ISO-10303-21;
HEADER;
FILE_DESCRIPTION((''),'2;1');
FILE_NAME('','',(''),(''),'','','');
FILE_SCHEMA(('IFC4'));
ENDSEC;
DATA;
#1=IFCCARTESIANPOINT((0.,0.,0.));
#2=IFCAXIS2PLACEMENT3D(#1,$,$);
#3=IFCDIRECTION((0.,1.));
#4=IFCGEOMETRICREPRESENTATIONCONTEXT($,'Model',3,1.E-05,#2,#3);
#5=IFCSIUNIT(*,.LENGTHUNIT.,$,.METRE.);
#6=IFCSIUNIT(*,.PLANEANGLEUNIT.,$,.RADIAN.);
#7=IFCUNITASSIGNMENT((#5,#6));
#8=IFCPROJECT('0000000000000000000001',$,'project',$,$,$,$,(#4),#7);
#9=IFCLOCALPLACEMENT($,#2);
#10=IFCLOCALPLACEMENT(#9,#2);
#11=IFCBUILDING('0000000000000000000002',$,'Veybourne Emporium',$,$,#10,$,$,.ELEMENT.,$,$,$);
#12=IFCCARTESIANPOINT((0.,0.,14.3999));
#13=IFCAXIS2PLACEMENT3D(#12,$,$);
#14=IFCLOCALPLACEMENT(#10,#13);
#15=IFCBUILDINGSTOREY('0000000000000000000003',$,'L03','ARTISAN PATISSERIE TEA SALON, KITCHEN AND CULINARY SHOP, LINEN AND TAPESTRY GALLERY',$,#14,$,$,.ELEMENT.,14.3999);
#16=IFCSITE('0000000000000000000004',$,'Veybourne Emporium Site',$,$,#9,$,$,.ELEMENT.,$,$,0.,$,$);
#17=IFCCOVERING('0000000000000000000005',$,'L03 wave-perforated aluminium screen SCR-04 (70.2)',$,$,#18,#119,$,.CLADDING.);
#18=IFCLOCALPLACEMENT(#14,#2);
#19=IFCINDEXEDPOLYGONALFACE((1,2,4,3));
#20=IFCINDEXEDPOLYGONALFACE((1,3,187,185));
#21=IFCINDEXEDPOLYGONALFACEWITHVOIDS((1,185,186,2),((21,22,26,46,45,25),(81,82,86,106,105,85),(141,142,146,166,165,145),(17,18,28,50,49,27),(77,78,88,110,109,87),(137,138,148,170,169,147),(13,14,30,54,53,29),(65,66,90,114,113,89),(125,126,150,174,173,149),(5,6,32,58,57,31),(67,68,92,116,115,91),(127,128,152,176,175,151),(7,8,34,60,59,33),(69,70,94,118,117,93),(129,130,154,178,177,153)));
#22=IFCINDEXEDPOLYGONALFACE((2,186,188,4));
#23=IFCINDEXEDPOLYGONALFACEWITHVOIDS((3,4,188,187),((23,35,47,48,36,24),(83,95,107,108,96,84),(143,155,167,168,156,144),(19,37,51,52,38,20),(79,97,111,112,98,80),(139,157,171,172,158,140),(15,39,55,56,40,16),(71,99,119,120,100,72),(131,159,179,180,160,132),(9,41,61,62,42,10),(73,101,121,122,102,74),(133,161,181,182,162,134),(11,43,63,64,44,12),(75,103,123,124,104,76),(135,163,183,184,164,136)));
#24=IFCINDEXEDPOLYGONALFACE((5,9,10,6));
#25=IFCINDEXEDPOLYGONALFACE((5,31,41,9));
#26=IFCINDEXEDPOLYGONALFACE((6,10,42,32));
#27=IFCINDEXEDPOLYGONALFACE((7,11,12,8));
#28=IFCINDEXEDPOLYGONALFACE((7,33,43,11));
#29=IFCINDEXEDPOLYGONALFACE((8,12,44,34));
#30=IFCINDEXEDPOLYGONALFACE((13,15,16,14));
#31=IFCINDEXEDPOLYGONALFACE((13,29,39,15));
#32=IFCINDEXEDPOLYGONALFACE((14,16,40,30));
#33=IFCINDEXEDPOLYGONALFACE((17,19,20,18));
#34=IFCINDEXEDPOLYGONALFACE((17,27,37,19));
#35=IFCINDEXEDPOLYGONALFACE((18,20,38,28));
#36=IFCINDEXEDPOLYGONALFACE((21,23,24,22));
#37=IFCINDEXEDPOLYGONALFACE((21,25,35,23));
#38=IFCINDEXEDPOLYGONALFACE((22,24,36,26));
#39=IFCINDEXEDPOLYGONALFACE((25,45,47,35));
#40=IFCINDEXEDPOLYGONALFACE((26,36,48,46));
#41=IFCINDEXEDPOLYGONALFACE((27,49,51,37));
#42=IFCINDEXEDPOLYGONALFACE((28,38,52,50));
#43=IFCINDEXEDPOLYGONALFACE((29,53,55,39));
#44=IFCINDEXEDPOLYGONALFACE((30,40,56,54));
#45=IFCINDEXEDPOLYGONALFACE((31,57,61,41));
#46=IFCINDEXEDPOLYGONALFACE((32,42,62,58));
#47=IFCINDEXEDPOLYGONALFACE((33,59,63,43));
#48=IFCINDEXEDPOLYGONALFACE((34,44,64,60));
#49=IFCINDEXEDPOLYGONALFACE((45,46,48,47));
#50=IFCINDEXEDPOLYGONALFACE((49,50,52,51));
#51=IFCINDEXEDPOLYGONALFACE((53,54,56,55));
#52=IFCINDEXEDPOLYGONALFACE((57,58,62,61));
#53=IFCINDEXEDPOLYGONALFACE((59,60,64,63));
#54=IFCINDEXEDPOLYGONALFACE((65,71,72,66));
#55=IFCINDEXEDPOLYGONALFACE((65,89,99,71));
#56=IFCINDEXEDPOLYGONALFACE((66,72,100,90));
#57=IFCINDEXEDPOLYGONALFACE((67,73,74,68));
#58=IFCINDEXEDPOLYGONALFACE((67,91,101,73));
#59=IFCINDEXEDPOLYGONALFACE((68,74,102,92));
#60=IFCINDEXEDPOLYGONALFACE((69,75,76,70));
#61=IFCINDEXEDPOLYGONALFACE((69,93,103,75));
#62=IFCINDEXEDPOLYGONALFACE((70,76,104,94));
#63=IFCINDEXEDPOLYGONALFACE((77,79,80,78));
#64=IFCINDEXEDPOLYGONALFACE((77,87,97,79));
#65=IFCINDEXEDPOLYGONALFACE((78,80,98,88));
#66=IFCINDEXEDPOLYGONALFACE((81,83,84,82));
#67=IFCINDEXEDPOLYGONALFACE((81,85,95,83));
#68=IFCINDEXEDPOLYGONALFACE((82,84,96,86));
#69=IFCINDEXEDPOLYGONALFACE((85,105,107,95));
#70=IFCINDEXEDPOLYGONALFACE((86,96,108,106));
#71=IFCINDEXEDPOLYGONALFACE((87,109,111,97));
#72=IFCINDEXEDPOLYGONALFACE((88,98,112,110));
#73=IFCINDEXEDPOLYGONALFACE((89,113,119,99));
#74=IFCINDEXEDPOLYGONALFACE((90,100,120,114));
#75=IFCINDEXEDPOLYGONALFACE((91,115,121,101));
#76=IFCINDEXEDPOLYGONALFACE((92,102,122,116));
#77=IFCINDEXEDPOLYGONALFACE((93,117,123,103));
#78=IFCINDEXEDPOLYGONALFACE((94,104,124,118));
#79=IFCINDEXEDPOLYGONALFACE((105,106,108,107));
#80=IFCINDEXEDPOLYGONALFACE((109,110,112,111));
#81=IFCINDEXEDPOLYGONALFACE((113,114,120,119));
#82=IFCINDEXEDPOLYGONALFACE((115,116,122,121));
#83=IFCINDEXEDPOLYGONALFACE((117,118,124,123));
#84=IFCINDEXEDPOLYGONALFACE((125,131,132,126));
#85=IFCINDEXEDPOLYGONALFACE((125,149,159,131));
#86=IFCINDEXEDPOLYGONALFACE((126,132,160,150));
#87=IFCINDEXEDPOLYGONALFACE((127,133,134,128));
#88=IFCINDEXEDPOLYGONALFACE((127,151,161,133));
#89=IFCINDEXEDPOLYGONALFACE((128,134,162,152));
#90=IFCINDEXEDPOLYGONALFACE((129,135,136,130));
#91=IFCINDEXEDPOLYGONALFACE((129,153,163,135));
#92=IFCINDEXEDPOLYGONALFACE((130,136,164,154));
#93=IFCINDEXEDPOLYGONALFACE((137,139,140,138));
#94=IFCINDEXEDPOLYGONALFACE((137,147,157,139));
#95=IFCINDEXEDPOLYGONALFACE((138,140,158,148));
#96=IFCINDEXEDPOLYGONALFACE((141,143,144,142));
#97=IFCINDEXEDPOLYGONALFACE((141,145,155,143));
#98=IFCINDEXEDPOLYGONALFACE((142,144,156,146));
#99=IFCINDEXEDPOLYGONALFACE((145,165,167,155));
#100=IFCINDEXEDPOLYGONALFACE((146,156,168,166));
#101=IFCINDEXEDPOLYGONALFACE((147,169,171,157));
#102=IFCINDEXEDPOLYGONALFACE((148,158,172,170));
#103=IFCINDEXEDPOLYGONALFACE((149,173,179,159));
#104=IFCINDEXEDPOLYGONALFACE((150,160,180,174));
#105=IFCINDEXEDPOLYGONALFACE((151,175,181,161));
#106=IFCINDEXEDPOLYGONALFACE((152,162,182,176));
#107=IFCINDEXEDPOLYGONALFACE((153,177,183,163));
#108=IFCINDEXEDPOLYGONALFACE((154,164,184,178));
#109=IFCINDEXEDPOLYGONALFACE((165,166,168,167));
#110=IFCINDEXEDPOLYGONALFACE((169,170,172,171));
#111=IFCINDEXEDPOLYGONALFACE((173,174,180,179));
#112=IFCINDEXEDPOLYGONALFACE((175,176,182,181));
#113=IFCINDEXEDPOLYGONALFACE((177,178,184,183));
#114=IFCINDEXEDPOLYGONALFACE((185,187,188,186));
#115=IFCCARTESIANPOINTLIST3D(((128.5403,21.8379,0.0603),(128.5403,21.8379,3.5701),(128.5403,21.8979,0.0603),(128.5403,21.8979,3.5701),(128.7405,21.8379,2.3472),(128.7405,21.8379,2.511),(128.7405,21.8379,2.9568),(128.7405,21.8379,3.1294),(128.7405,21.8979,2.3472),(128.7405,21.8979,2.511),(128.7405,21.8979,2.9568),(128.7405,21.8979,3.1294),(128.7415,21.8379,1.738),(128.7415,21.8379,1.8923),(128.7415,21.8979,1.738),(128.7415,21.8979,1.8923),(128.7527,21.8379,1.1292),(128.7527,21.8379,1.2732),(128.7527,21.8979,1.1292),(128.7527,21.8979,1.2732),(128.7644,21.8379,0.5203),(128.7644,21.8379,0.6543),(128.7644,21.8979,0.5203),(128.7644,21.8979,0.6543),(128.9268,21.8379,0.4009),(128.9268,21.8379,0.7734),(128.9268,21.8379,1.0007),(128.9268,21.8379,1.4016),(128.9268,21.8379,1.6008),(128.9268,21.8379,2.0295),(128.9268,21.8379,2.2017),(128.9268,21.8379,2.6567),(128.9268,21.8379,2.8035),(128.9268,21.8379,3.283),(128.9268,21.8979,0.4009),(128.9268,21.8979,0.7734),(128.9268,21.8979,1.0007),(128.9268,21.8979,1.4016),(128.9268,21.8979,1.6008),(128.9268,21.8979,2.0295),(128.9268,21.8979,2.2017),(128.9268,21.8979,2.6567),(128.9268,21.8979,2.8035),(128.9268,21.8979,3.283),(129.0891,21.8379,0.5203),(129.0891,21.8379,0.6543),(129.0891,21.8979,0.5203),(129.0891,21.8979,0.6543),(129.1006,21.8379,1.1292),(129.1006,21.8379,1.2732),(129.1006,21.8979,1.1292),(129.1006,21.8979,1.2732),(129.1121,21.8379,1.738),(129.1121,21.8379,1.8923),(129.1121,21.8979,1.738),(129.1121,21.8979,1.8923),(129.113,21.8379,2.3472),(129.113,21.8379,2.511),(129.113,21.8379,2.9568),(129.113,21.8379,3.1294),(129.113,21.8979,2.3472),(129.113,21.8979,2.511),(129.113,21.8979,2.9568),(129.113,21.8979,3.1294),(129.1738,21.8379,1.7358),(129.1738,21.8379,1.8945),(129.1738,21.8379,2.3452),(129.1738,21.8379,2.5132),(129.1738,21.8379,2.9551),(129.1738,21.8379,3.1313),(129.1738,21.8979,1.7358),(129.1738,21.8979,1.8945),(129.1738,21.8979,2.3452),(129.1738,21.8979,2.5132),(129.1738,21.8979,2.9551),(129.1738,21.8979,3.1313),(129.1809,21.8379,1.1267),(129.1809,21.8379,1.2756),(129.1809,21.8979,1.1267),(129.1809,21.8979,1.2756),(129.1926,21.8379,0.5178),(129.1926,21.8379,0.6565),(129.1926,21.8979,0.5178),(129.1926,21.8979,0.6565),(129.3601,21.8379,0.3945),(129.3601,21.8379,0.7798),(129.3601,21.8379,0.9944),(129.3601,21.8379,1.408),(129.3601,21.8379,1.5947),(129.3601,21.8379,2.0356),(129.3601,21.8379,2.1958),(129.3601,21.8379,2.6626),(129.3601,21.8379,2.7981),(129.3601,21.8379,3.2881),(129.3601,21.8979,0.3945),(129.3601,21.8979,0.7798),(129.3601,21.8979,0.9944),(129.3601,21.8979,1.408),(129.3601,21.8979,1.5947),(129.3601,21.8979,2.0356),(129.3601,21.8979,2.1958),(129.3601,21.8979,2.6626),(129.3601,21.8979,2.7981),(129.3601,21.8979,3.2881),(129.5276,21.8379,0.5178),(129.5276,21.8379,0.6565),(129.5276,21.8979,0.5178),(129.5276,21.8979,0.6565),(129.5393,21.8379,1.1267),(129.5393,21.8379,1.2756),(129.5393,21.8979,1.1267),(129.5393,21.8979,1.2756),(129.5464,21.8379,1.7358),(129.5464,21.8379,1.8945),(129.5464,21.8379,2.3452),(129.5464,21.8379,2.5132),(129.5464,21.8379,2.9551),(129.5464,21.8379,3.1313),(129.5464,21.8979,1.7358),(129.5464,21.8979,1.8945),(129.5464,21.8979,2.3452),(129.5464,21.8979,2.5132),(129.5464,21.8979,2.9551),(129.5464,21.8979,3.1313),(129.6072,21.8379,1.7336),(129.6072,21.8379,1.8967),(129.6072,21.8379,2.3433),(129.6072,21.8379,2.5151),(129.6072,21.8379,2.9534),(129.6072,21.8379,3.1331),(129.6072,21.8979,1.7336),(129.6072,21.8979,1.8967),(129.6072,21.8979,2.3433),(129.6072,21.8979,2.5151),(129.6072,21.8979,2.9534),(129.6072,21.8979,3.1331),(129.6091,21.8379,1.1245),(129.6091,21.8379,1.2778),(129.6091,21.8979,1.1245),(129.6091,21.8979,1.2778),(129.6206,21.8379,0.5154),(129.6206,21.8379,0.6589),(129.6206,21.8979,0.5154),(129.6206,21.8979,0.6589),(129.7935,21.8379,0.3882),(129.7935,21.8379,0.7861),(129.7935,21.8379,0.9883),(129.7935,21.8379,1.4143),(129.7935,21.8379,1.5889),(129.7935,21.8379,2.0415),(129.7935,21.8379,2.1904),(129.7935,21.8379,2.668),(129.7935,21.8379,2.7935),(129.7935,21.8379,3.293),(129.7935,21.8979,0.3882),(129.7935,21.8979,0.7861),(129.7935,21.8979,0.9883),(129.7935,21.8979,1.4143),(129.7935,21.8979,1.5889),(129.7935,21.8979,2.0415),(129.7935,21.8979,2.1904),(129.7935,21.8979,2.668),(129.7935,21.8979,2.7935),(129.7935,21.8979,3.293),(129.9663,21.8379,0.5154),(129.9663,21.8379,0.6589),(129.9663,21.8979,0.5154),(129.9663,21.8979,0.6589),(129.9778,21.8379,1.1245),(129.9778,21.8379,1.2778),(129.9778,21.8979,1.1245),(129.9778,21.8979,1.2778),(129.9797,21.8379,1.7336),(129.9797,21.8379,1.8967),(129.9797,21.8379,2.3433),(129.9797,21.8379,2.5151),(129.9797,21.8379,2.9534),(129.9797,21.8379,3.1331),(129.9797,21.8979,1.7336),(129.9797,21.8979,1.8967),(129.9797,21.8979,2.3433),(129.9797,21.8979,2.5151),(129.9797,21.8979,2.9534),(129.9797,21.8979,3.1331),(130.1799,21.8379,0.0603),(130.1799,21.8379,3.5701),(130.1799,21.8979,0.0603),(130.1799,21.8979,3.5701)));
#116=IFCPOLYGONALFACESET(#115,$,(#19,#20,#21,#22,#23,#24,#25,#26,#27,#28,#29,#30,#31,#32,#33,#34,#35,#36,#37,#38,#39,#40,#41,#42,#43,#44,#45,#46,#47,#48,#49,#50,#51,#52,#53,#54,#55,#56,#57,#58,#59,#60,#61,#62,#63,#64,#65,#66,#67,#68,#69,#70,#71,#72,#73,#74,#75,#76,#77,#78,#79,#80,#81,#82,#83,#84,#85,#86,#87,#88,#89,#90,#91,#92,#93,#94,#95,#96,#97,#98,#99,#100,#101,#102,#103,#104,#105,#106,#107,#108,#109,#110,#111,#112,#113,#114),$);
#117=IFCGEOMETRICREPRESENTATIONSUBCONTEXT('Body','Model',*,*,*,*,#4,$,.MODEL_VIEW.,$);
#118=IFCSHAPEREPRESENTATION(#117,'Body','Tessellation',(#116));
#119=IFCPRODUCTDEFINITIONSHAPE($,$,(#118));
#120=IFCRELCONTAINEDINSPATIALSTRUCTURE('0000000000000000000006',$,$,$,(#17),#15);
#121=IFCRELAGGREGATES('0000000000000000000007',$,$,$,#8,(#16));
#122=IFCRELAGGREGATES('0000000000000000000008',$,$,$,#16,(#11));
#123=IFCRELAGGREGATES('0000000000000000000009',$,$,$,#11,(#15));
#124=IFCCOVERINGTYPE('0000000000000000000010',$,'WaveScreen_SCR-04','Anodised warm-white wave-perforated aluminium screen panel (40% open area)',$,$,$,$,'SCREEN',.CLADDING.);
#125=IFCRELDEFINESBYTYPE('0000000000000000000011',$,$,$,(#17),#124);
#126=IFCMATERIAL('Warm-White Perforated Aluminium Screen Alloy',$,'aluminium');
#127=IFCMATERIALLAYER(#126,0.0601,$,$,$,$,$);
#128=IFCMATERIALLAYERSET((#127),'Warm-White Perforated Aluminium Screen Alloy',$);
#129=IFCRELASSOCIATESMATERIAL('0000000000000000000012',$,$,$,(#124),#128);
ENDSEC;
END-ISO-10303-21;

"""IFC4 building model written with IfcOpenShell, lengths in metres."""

from ifc_helpers import new_model, si_unit, direction, frame, origin, place, context, subcontext, project, spatial, polyline, outline, extrude, material, layer, layer_set, type_object, element, save


model = new_model("IFC4")

# Units and contexts
model_context = context("Model", 3, precision=1e-05, world=origin(), true_north=direction((0.0, 1.0)))
body_context = subcontext(model_context, "Body", "Model", "MODEL_VIEW")
ifc_project = project(units=[si_unit("LENGTHUNIT", "METRE"), si_unit("PLANEANGLEUNIT", "RADIAN")], contexts=[model_context])

# Site, building, storey
site_placement = place(None, origin())
site = spatial("IfcSite", under=ifc_project, at=site_placement, Name="Veybourne Emporium Site", CompositionType="ELEMENT", RefElevation=0.0)
building_placement = place(site_placement, origin())
building = spatial("IfcBuilding", under=site, at=building_placement, Name="Veybourne Emporium", CompositionType="ELEMENT")
storey_placement = place(building_placement, frame((0.0, 0.0, 14.3999)))
storey = spatial("IfcBuildingStorey", under=building, at=storey_placement, Name="L03", Description="ARTISAN PATISSERIE TEA SALON, KITCHEN AND CULINARY SHOP, LINEN AND TAPESTRY GALLERY", CompositionType="ELEMENT", Elevation=14.3999)

# Covering
ifc_material_1 = material(Name="Warm-White Perforated Aluminium Screen Alloy", Category="aluminium")
ifc_layer_1 = layer(ifc_material_1, 0.0601)
ifc_layer_set_1 = layer_set([ifc_layer_1], Name="Warm-White Perforated Aluminium Screen Alloy")
covering_type_1 = type_object("IfcCoveringType", Name="WaveScreen_SCR-04", Description="Anodised warm-white wave-perforated aluminium screen panel (40% open area)", ElementType="SCREEN", PredefinedType="CLADDING", material=ifc_layer_set_1)
covering_1_placement = place(storey_placement, frame((129.3601, 21.8979, 1.8152), z_axis=(0.0, -1.0, 0.0), x_axis=(1.0, 0.0, 0.0)))
element("IfcCovering", 1, at=covering_1_placement, inside=storey, type_object=covering_type_1, Name="L03 wave-perforated aluminium screen SCR-04 (70.2)", PredefinedType="CLADDING", context=body_context, shape_type="SweptSolid", body=[
    extrude(outline(polyline([(-0.8198, -1.7549), (0.8198, -1.7549), (0.8198, 1.7549), (-0.8198, 1.7549), (-0.8198, -1.7549)]), holes=[polyline([(-0.4333, -1.0417), (-0.271, -1.1609), (-0.271, -1.2949), (-0.4333, -1.4143), (-0.5957, -1.2949), (-0.5957, -1.1609), (-0.4333, -1.0417)]), polyline([(-0.4333, -0.4136), (-0.2595, -0.542), (-0.2595, -0.686), (-0.4333, -0.8145), (-0.6074, -0.686), (-0.6074, -0.542), (-0.4333, -0.4136)]), polyline([(-0.4333, 0.2144), (-0.248, 0.0771), (-0.248, -0.0771), (-0.4333, -0.2144), (-0.6187, -0.0771), (-0.6187, 0.0771), (-0.4333, 0.2144)]), polyline([(-0.4333, 0.8416), (-0.2471, 0.6958), (-0.2471, 0.532), (-0.4333, 0.3865), (-0.6196, 0.532), (-0.6196, 0.6958), (-0.4333, 0.8416)]), polyline([(-0.4333, 1.4678), (-0.2471, 1.3142), (-0.2471, 1.1416), (-0.4333, 0.9883), (-0.6196, 1.1416), (-0.6196, 1.3142), (-0.4333, 1.4678)]), polyline([(0.0, -1.0354), (0.1675, -1.1587), (0.1675, -1.2974), (0.0, -1.4207), (-0.1675, -1.2974), (-0.1675, -1.1587), (0.0, -1.0354)]), polyline([(0.0, -0.4072), (0.1792, -0.5396), (0.1792, -0.6885), (0.0, -0.8208), (-0.1792, -0.6885), (-0.1792, -0.5396), (0.0, -0.4072)]), polyline([(0.0, 0.2205), (0.1863, 0.0793), (0.1863, -0.0793), (0.0, -0.2205), (-0.1863, -0.0793), (-0.1863, 0.0793), (0.0, 0.2205)]), polyline([(0.0, 0.8474), (0.1863, 0.698), (0.1863, 0.53), (0.0, 0.3806), (-0.1863, 0.53), (-0.1863, 0.698), (0.0, 0.8474)]), polyline([(0.0, 1.4729), (0.1863, 1.3162), (0.1863, 1.1399), (0.0, 0.9829), (-0.1863, 1.1399), (-0.1863, 1.3162), (0.0, 1.4729)]), polyline([(0.4333, -1.0291), (0.6062, -1.1562), (0.6062, -1.2998), (0.4333, -1.427), (0.2605, -1.2998), (0.2605, -1.1562), (0.4333, -1.0291)]), polyline([(0.4333, -0.4009), (0.6177, -0.5374), (0.6177, -0.6907), (0.4333, -0.8269), (0.249, -0.6907), (0.249, -0.5374), (0.4333, -0.4009)]), polyline([(0.4333, 0.2263), (0.6196, 0.0815), (0.6196, -0.0815), (0.4333, -0.2263), (0.2471, -0.0815), (0.2471, 0.0815), (0.4333, 0.2263)]), polyline([(0.4333, 0.8528), (0.6196, 0.7), (0.6196, 0.5281), (0.4333, 0.3752), (0.2471, 0.5281), (0.2471, 0.7), (0.4333, 0.8528)]), polyline([(0.4333, 1.4778), (0.6196, 1.3179), (0.6196, 1.1382), (0.4333, 0.9783), (0.2471, 1.1382), (0.2471, 1.3179), (0.4333, 1.4778)])]), origin(), (0.0, 0.0, 1.0), 0.0601),
])

save(model, "model.ifc")
